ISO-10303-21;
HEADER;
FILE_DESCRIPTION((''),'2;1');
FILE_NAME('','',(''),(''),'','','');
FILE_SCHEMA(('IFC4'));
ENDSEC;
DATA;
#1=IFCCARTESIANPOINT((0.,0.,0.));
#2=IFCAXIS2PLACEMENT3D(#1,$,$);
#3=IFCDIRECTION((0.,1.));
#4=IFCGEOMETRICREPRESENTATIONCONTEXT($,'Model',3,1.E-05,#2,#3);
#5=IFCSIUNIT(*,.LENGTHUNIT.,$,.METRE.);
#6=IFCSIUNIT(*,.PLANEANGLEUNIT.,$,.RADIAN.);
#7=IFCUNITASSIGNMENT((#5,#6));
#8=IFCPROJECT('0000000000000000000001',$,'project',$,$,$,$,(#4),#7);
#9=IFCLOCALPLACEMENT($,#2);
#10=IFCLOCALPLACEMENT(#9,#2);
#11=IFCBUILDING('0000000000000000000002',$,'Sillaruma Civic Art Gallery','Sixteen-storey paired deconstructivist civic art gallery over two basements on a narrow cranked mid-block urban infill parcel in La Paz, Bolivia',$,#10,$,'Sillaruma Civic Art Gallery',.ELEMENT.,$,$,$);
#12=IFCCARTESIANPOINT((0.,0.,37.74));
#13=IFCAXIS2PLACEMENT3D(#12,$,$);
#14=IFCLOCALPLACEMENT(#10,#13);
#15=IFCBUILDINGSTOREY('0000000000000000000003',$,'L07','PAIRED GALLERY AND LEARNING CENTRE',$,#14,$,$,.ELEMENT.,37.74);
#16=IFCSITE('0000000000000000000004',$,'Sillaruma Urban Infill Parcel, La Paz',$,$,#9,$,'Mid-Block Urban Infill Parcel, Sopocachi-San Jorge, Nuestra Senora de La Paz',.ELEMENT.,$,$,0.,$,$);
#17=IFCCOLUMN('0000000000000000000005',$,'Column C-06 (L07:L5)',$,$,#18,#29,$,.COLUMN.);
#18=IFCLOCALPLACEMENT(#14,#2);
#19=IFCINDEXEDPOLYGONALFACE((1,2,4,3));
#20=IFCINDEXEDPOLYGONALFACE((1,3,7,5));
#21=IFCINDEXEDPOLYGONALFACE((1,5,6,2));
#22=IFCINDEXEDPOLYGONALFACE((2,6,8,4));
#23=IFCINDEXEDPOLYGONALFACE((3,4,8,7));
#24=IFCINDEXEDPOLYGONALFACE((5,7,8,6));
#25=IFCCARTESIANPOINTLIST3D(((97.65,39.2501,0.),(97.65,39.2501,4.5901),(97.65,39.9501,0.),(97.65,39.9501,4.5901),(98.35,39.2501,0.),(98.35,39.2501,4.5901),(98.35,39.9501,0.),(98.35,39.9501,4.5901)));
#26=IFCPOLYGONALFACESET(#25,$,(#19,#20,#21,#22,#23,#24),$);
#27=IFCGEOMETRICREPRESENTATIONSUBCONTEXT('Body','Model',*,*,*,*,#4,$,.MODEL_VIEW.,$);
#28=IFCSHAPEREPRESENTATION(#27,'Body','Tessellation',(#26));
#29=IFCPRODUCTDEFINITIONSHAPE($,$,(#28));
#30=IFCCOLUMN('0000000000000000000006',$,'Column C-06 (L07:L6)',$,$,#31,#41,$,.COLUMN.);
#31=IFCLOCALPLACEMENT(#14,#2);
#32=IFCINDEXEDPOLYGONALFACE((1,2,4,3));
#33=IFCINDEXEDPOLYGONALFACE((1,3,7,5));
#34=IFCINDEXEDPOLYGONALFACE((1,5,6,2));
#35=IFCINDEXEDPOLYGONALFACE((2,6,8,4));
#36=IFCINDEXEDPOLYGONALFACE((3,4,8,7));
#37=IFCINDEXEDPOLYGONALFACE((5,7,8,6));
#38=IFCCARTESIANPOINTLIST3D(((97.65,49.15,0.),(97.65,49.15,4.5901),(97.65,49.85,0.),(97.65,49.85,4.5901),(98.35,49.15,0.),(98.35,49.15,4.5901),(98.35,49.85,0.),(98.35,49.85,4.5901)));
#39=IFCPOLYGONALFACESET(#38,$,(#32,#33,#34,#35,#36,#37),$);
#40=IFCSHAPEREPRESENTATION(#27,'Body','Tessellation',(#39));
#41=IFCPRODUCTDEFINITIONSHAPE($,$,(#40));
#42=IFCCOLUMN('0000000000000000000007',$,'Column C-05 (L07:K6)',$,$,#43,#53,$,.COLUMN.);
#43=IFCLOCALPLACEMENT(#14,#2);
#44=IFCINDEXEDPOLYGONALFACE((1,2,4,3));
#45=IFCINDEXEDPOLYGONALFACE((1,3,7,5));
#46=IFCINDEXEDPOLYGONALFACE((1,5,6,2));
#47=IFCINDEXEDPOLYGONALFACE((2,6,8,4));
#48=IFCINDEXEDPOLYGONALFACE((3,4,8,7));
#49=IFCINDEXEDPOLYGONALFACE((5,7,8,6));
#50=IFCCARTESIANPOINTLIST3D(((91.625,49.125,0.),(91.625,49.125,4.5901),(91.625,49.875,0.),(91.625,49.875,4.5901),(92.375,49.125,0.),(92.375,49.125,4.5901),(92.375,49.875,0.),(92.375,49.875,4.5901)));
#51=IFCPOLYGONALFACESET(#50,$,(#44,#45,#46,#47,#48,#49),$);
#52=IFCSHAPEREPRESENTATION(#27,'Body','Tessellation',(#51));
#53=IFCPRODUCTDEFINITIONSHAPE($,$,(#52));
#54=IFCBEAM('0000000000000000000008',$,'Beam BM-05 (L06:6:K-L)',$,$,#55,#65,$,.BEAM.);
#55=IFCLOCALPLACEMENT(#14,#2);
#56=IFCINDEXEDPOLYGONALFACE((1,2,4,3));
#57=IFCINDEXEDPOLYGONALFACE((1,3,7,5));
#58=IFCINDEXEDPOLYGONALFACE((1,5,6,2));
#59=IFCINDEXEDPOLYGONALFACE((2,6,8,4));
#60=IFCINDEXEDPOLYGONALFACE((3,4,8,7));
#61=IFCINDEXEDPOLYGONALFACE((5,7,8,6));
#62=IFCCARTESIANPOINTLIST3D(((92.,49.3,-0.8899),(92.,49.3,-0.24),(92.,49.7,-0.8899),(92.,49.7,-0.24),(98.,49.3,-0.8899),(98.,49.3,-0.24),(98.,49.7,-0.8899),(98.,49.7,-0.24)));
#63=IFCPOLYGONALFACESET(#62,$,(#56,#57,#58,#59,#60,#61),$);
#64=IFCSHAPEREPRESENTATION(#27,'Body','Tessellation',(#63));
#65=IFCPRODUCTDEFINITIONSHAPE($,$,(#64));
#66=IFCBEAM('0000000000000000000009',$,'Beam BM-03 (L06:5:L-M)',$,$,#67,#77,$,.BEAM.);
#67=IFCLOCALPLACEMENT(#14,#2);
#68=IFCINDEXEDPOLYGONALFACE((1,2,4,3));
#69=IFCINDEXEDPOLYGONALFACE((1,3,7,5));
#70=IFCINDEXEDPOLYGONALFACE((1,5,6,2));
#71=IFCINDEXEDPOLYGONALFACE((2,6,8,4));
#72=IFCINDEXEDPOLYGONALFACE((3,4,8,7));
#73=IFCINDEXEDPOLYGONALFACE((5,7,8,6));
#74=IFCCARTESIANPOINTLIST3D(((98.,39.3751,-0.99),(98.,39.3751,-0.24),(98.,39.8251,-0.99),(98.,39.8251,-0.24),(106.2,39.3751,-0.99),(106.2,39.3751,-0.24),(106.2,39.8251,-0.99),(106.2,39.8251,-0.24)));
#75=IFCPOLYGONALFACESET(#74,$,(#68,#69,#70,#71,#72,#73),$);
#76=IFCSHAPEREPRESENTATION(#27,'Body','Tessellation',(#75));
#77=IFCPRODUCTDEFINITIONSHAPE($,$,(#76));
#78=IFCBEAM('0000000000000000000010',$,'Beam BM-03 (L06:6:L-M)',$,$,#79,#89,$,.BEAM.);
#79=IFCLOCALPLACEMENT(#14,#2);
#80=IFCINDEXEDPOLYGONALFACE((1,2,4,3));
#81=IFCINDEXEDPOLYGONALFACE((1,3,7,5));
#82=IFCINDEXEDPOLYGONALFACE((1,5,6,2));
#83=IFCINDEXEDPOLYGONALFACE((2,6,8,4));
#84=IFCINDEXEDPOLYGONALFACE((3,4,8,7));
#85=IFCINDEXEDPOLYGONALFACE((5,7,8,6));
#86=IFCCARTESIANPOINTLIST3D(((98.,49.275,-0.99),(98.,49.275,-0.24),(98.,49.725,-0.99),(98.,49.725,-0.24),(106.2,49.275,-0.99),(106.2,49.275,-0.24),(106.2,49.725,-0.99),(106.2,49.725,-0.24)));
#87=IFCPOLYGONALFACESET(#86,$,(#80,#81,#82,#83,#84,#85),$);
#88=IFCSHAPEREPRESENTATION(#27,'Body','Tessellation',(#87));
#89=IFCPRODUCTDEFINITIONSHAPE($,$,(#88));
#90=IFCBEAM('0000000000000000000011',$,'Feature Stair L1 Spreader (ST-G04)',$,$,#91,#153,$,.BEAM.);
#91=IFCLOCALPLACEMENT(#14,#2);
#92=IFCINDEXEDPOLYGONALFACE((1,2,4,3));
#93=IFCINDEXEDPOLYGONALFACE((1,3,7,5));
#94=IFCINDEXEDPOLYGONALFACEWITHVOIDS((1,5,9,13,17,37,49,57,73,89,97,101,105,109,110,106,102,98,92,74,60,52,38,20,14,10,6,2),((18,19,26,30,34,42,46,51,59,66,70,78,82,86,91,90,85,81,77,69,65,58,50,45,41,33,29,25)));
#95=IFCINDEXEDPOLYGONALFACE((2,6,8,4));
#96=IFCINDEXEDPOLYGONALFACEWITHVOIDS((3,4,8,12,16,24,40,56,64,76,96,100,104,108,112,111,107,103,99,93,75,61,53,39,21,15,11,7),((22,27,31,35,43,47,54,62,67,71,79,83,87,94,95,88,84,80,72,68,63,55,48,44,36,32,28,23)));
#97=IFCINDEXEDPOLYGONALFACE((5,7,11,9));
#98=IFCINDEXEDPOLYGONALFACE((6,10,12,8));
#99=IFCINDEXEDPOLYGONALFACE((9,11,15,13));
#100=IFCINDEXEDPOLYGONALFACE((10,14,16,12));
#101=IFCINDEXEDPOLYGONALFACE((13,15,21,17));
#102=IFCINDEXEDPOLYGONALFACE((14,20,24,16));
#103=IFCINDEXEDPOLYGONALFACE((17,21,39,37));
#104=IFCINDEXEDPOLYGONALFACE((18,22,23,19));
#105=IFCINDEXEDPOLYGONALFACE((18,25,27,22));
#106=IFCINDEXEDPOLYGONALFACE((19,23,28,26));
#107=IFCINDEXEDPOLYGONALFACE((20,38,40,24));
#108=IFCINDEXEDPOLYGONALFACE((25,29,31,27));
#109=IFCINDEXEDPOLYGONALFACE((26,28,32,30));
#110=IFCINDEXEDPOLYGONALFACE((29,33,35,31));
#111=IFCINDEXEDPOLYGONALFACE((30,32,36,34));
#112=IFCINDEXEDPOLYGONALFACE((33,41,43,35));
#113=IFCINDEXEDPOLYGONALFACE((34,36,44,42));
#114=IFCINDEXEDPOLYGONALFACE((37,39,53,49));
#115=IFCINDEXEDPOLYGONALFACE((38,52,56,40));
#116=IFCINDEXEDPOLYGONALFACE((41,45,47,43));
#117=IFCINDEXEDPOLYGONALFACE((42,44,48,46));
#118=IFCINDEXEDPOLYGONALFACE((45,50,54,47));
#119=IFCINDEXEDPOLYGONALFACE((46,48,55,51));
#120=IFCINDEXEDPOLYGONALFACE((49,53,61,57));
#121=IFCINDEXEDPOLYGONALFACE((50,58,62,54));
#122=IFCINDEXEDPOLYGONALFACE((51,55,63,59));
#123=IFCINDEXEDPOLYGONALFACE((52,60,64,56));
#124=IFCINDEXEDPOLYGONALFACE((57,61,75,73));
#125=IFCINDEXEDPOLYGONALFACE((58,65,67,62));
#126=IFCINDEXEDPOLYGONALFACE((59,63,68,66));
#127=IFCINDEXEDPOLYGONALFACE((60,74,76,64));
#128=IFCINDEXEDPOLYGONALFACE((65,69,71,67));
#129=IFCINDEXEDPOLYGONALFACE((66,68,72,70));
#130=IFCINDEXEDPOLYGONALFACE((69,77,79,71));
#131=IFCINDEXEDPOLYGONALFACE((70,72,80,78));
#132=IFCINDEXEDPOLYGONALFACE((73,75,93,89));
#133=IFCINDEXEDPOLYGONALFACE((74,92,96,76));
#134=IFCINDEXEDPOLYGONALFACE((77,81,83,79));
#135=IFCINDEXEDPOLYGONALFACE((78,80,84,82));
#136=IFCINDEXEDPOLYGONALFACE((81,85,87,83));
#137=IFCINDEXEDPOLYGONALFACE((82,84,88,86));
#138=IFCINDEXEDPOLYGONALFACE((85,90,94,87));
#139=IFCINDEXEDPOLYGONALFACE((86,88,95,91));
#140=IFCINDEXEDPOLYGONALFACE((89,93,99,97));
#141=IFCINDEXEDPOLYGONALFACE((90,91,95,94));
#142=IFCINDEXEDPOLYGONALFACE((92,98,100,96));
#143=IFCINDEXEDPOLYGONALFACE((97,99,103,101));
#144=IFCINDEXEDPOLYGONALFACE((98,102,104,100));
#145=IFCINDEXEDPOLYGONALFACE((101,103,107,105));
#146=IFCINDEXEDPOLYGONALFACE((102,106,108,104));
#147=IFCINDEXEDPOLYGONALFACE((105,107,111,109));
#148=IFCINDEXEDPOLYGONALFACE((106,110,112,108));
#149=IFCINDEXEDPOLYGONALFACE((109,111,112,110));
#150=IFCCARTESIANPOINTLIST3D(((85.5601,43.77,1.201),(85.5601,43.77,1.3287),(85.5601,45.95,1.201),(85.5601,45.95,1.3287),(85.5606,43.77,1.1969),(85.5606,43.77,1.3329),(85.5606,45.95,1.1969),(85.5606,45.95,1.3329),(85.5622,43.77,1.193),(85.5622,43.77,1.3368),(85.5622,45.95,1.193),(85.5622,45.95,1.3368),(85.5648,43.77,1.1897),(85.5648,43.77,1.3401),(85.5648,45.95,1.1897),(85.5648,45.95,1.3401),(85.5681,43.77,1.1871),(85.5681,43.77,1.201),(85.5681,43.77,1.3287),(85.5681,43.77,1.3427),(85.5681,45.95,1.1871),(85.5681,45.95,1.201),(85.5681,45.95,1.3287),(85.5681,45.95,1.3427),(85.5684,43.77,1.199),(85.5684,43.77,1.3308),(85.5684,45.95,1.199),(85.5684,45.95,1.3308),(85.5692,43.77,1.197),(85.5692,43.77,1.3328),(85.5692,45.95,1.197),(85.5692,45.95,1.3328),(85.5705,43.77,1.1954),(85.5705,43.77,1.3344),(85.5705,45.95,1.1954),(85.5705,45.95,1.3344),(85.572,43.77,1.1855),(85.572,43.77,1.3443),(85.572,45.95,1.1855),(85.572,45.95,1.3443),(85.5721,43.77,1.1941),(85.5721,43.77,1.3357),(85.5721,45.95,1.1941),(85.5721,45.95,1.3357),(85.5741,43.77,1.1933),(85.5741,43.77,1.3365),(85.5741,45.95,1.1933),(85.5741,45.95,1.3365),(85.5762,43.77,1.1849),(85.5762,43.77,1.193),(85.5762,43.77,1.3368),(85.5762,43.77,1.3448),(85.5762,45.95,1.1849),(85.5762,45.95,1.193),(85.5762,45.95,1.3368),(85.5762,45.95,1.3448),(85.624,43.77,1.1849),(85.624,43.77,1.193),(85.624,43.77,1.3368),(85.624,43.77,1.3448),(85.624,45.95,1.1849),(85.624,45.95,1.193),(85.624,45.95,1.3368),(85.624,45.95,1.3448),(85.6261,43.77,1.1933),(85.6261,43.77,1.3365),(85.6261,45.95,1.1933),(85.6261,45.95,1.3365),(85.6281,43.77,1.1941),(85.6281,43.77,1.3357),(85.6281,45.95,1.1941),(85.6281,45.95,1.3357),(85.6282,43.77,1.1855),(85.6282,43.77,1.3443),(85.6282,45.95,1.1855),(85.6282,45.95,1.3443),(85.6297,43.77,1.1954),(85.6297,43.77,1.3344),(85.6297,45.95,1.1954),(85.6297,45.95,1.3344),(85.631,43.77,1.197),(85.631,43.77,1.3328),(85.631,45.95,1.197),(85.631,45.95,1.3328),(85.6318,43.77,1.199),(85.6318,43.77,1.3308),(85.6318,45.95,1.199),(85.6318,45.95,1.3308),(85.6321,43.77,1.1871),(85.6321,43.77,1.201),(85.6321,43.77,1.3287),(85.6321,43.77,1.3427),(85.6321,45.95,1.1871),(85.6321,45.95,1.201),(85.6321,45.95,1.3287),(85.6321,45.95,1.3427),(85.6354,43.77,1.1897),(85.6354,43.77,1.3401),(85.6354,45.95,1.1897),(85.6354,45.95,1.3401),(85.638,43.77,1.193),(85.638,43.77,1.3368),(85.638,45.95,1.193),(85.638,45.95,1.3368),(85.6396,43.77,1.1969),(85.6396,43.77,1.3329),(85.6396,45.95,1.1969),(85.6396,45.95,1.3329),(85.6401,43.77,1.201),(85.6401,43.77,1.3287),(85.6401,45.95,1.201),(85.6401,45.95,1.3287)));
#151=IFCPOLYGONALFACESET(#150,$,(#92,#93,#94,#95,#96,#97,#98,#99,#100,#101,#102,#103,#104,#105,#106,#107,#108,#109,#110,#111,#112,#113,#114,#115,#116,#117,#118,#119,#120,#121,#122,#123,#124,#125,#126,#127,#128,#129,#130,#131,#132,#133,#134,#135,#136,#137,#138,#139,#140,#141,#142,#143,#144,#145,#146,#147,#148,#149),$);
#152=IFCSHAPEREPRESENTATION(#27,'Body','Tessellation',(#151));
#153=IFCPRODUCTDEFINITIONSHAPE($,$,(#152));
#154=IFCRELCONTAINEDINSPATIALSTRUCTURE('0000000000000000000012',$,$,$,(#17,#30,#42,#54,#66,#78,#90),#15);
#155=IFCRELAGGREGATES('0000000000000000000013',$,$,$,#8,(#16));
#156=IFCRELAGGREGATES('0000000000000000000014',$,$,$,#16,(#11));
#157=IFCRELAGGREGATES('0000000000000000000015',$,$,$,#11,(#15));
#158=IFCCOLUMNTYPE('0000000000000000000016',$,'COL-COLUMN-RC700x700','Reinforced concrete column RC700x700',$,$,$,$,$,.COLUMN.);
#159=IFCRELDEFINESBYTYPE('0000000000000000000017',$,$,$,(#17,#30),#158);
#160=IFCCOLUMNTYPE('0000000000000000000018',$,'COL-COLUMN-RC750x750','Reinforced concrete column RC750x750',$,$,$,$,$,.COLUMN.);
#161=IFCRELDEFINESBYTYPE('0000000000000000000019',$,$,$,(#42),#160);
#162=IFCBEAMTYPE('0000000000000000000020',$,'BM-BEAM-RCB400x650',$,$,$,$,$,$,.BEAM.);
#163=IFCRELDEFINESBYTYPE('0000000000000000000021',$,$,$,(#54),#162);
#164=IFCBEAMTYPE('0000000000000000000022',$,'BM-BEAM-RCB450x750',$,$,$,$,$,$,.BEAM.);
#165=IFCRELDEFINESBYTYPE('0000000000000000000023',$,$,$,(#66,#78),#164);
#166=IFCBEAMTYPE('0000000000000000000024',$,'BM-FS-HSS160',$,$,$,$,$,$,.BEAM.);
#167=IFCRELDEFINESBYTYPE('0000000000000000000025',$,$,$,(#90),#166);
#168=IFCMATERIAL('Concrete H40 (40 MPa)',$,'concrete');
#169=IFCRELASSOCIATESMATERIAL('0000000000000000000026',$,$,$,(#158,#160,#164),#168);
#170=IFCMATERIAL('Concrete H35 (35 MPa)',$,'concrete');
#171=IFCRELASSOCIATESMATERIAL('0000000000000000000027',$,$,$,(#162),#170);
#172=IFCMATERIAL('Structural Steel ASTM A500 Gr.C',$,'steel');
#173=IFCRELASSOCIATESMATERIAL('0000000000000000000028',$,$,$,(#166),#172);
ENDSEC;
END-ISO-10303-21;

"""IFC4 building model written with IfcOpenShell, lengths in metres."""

from ifc_helpers import new_model, si_unit, direction, frame, origin, origin_2d, place, context, subcontext, project, spatial, rectangle, hollow_rectangle, extrude, material, material_profile, profile_set, type_object, element, save


model = new_model("IFC4")

# Units and contexts
model_context = context("Model", 3, precision=1e-05, world=origin(), true_north=direction((0.0, 1.0)))
body_context = subcontext(model_context, "Body", "Model", "MODEL_VIEW")
ifc_project = project(units=[si_unit("LENGTHUNIT", "METRE"), si_unit("PLANEANGLEUNIT", "RADIAN")], contexts=[model_context])

# Site, building, storey
site_placement = place(None, origin())
site = spatial("IfcSite", under=ifc_project, at=site_placement, Name="Sillaruma Urban Infill Parcel, La Paz", LongName="Mid-Block Urban Infill Parcel, Sopocachi-San Jorge, Nuestra Senora de La Paz", CompositionType="ELEMENT", RefElevation=0.0)
building_placement = place(site_placement, origin())
building = spatial("IfcBuilding", under=site, at=building_placement, Name="Sillaruma Civic Art Gallery", Description="Sixteen-storey paired deconstructivist civic art gallery over two basements on a narrow cranked mid-block urban infill parcel in La Paz, Bolivia", LongName="Sillaruma Civic Art Gallery", CompositionType="ELEMENT")
storey_placement = place(building_placement, frame((0.0, 0.0, 37.74)))
storey = spatial("IfcBuildingStorey", under=building, at=storey_placement, Name="L07", Description="PAIRED GALLERY AND LEARNING CENTRE", CompositionType="ELEMENT", Elevation=37.74)

# Columns
ifc_material_1 = material(Name="Concrete H40 (40 MPa)", Category="concrete")
ifc_material_profile_1 = material_profile(ifc_material_1, rectangle(XDim=0.7, YDim=0.7, at=origin_2d()), Name="RC700x700")
ifc_profile_set_1 = profile_set([ifc_material_profile_1], Name="Concrete H40 (40 MPa)")
column_type_1 = type_object("IfcColumnType", Name="COL-COLUMN-RC700x700", Description="Reinforced concrete column RC700x700", PredefinedType="COLUMN", material=ifc_profile_set_1)
for number, where, z_axis, x_axis, name in (
    (1, (98.0, 39.6001, 0.0), (0.0, 0.0, 1.0), (1.0, 0.0, 0.0), "Column C-06 (L07:L5)"),
    (2, (98.0, 49.5, 0.0), (0.0, 0.0, 1.0), (1.0, 0.0, 0.0), "Column C-06 (L07:L6)"),
):
    element("IfcColumn", number, at=place(storey_placement, frame(where, z_axis=z_axis, x_axis=x_axis)), inside=storey, type_object=column_type_1, Name=name, PredefinedType="COLUMN", context=body_context, shape_type="SweptSolid", body=[
        extrude(rectangle(XDim=0.7, YDim=0.7, at=origin_2d()), origin(), (0.0, 0.0, 1.0), 4.5901),
    ])
ifc_material_profile_2 = material_profile(ifc_material_1, rectangle(XDim=0.75, YDim=0.75, at=origin_2d()), Name="RC750x750")
ifc_profile_set_2 = profile_set([ifc_material_profile_2], Name="Concrete H40 (40 MPa)")
column_type_2 = type_object("IfcColumnType", Name="COL-COLUMN-RC750x750", Description="Reinforced concrete column RC750x750", PredefinedType="COLUMN", material=ifc_profile_set_2)
column_placement = place(storey_placement, frame((92.0, 49.5, 0.0), z_axis=(0.0, 0.0, 1.0), x_axis=(1.0, 0.0, 0.0)))
element("IfcColumn", 3, at=column_placement, inside=storey, type_object=column_type_2, Name="Column C-05 (L07:K6)", PredefinedType="COLUMN", context=body_context, shape_type="SweptSolid", body=[
    extrude(rectangle(XDim=0.75, YDim=0.75, at=origin_2d()), origin(), (0.0, 0.0, 1.0), 4.5901),
])

# Beams
ifc_material_2 = material(Name="Concrete H35 (35 MPa)", Category="concrete")
ifc_material_profile_3 = material_profile(ifc_material_2, rectangle(XDim=0.3999, YDim=0.6499, at=origin_2d()), Name="RCB400x650")
ifc_profile_set_3 = profile_set([ifc_material_profile_3], Name="Concrete H35 (35 MPa)")
beam_type_1 = type_object("IfcBeamType", Name="BM-BEAM-RCB400x650", PredefinedType="BEAM", material=ifc_profile_set_3)
beam_1_placement = place(storey_placement, frame((92.0, 49.5, -0.5649), z_axis=(1.0, 0.0, 0.0), x_axis=(0.0, 1.0, 0.0)))
element("IfcBeam", 4, at=beam_1_placement, inside=storey, type_object=beam_type_1, Name="Beam BM-05 (L06:6:K-L)", PredefinedType="BEAM", context=body_context, shape_type="SweptSolid", body=[
    extrude(rectangle(XDim=0.3999, YDim=0.6499, at=origin_2d()), origin(), (0.0, 0.0, 1.0), 6.0),
])
ifc_material_profile_4 = material_profile(ifc_material_1, rectangle(XDim=0.45, YDim=0.75, at=origin_2d()), Name="RCB450x750")
ifc_profile_set_4 = profile_set([ifc_material_profile_4], Name="Concrete H40 (40 MPa)")
beam_type_2 = type_object("IfcBeamType", Name="BM-BEAM-RCB450x750", PredefinedType="BEAM", material=ifc_profile_set_4)
for number, where, z_axis, x_axis, name in (
    (5, (98.0, 39.6001, -0.615), (1.0, 0.0, 0.0), (0.0, 1.0, 0.0), "Beam BM-03 (L06:5:L-M)"),
    (6, (98.0, 49.5, -0.615), (1.0, 0.0, 0.0), (0.0, 1.0, 0.0), "Beam BM-03 (L06:6:L-M)"),
):
    element("IfcBeam", number, at=place(storey_placement, frame(where, z_axis=z_axis, x_axis=x_axis)), inside=storey, type_object=beam_type_2, Name=name, PredefinedType="BEAM", context=body_context, shape_type="SweptSolid", body=[
        extrude(rectangle(XDim=0.45, YDim=0.75, at=origin_2d()), origin(), (0.0, 0.0, 1.0), 8.2),
    ])
ifc_material_3 = material(Name="Structural Steel ASTM A500 Gr.C", Category="steel")
ifc_material_profile_5 = material_profile(ifc_material_3, hollow_rectangle(XDim=0.0801, YDim=0.1599, WallThickness=0.0081, InnerFilletRadius=0.0081, OuterFilletRadius=0.0161, at=origin_2d()), Name="HSS160x80x8")
ifc_profile_set_5 = profile_set([ifc_material_profile_5], Name="Structural Steel ASTM A500 Gr.C")
beam_type_3 = type_object("IfcBeamType", Name="BM-FS-HSS160", PredefinedType="BEAM", material=ifc_profile_set_5)
beam_2_placement = place(storey_placement, frame((85.6001, 43.77, 1.2649), z_axis=(0.0, 1.0, 0.0), x_axis=(-1.0, 0.0, 0.0)))
element("IfcBeam", 7, at=beam_2_placement, inside=storey, type_object=beam_type_3, Name="Feature Stair L1 Spreader (ST-G04)", PredefinedType="BEAM", context=body_context, shape_type="SweptSolid", body=[
    extrude(hollow_rectangle(XDim=0.0801, YDim=0.1599, WallThickness=0.0081, InnerFilletRadius=0.0081, OuterFilletRadius=0.0161, at=origin_2d()), origin(), (0.0, 0.0, 1.0), 2.1799),
])

save(model, "model.ifc")
